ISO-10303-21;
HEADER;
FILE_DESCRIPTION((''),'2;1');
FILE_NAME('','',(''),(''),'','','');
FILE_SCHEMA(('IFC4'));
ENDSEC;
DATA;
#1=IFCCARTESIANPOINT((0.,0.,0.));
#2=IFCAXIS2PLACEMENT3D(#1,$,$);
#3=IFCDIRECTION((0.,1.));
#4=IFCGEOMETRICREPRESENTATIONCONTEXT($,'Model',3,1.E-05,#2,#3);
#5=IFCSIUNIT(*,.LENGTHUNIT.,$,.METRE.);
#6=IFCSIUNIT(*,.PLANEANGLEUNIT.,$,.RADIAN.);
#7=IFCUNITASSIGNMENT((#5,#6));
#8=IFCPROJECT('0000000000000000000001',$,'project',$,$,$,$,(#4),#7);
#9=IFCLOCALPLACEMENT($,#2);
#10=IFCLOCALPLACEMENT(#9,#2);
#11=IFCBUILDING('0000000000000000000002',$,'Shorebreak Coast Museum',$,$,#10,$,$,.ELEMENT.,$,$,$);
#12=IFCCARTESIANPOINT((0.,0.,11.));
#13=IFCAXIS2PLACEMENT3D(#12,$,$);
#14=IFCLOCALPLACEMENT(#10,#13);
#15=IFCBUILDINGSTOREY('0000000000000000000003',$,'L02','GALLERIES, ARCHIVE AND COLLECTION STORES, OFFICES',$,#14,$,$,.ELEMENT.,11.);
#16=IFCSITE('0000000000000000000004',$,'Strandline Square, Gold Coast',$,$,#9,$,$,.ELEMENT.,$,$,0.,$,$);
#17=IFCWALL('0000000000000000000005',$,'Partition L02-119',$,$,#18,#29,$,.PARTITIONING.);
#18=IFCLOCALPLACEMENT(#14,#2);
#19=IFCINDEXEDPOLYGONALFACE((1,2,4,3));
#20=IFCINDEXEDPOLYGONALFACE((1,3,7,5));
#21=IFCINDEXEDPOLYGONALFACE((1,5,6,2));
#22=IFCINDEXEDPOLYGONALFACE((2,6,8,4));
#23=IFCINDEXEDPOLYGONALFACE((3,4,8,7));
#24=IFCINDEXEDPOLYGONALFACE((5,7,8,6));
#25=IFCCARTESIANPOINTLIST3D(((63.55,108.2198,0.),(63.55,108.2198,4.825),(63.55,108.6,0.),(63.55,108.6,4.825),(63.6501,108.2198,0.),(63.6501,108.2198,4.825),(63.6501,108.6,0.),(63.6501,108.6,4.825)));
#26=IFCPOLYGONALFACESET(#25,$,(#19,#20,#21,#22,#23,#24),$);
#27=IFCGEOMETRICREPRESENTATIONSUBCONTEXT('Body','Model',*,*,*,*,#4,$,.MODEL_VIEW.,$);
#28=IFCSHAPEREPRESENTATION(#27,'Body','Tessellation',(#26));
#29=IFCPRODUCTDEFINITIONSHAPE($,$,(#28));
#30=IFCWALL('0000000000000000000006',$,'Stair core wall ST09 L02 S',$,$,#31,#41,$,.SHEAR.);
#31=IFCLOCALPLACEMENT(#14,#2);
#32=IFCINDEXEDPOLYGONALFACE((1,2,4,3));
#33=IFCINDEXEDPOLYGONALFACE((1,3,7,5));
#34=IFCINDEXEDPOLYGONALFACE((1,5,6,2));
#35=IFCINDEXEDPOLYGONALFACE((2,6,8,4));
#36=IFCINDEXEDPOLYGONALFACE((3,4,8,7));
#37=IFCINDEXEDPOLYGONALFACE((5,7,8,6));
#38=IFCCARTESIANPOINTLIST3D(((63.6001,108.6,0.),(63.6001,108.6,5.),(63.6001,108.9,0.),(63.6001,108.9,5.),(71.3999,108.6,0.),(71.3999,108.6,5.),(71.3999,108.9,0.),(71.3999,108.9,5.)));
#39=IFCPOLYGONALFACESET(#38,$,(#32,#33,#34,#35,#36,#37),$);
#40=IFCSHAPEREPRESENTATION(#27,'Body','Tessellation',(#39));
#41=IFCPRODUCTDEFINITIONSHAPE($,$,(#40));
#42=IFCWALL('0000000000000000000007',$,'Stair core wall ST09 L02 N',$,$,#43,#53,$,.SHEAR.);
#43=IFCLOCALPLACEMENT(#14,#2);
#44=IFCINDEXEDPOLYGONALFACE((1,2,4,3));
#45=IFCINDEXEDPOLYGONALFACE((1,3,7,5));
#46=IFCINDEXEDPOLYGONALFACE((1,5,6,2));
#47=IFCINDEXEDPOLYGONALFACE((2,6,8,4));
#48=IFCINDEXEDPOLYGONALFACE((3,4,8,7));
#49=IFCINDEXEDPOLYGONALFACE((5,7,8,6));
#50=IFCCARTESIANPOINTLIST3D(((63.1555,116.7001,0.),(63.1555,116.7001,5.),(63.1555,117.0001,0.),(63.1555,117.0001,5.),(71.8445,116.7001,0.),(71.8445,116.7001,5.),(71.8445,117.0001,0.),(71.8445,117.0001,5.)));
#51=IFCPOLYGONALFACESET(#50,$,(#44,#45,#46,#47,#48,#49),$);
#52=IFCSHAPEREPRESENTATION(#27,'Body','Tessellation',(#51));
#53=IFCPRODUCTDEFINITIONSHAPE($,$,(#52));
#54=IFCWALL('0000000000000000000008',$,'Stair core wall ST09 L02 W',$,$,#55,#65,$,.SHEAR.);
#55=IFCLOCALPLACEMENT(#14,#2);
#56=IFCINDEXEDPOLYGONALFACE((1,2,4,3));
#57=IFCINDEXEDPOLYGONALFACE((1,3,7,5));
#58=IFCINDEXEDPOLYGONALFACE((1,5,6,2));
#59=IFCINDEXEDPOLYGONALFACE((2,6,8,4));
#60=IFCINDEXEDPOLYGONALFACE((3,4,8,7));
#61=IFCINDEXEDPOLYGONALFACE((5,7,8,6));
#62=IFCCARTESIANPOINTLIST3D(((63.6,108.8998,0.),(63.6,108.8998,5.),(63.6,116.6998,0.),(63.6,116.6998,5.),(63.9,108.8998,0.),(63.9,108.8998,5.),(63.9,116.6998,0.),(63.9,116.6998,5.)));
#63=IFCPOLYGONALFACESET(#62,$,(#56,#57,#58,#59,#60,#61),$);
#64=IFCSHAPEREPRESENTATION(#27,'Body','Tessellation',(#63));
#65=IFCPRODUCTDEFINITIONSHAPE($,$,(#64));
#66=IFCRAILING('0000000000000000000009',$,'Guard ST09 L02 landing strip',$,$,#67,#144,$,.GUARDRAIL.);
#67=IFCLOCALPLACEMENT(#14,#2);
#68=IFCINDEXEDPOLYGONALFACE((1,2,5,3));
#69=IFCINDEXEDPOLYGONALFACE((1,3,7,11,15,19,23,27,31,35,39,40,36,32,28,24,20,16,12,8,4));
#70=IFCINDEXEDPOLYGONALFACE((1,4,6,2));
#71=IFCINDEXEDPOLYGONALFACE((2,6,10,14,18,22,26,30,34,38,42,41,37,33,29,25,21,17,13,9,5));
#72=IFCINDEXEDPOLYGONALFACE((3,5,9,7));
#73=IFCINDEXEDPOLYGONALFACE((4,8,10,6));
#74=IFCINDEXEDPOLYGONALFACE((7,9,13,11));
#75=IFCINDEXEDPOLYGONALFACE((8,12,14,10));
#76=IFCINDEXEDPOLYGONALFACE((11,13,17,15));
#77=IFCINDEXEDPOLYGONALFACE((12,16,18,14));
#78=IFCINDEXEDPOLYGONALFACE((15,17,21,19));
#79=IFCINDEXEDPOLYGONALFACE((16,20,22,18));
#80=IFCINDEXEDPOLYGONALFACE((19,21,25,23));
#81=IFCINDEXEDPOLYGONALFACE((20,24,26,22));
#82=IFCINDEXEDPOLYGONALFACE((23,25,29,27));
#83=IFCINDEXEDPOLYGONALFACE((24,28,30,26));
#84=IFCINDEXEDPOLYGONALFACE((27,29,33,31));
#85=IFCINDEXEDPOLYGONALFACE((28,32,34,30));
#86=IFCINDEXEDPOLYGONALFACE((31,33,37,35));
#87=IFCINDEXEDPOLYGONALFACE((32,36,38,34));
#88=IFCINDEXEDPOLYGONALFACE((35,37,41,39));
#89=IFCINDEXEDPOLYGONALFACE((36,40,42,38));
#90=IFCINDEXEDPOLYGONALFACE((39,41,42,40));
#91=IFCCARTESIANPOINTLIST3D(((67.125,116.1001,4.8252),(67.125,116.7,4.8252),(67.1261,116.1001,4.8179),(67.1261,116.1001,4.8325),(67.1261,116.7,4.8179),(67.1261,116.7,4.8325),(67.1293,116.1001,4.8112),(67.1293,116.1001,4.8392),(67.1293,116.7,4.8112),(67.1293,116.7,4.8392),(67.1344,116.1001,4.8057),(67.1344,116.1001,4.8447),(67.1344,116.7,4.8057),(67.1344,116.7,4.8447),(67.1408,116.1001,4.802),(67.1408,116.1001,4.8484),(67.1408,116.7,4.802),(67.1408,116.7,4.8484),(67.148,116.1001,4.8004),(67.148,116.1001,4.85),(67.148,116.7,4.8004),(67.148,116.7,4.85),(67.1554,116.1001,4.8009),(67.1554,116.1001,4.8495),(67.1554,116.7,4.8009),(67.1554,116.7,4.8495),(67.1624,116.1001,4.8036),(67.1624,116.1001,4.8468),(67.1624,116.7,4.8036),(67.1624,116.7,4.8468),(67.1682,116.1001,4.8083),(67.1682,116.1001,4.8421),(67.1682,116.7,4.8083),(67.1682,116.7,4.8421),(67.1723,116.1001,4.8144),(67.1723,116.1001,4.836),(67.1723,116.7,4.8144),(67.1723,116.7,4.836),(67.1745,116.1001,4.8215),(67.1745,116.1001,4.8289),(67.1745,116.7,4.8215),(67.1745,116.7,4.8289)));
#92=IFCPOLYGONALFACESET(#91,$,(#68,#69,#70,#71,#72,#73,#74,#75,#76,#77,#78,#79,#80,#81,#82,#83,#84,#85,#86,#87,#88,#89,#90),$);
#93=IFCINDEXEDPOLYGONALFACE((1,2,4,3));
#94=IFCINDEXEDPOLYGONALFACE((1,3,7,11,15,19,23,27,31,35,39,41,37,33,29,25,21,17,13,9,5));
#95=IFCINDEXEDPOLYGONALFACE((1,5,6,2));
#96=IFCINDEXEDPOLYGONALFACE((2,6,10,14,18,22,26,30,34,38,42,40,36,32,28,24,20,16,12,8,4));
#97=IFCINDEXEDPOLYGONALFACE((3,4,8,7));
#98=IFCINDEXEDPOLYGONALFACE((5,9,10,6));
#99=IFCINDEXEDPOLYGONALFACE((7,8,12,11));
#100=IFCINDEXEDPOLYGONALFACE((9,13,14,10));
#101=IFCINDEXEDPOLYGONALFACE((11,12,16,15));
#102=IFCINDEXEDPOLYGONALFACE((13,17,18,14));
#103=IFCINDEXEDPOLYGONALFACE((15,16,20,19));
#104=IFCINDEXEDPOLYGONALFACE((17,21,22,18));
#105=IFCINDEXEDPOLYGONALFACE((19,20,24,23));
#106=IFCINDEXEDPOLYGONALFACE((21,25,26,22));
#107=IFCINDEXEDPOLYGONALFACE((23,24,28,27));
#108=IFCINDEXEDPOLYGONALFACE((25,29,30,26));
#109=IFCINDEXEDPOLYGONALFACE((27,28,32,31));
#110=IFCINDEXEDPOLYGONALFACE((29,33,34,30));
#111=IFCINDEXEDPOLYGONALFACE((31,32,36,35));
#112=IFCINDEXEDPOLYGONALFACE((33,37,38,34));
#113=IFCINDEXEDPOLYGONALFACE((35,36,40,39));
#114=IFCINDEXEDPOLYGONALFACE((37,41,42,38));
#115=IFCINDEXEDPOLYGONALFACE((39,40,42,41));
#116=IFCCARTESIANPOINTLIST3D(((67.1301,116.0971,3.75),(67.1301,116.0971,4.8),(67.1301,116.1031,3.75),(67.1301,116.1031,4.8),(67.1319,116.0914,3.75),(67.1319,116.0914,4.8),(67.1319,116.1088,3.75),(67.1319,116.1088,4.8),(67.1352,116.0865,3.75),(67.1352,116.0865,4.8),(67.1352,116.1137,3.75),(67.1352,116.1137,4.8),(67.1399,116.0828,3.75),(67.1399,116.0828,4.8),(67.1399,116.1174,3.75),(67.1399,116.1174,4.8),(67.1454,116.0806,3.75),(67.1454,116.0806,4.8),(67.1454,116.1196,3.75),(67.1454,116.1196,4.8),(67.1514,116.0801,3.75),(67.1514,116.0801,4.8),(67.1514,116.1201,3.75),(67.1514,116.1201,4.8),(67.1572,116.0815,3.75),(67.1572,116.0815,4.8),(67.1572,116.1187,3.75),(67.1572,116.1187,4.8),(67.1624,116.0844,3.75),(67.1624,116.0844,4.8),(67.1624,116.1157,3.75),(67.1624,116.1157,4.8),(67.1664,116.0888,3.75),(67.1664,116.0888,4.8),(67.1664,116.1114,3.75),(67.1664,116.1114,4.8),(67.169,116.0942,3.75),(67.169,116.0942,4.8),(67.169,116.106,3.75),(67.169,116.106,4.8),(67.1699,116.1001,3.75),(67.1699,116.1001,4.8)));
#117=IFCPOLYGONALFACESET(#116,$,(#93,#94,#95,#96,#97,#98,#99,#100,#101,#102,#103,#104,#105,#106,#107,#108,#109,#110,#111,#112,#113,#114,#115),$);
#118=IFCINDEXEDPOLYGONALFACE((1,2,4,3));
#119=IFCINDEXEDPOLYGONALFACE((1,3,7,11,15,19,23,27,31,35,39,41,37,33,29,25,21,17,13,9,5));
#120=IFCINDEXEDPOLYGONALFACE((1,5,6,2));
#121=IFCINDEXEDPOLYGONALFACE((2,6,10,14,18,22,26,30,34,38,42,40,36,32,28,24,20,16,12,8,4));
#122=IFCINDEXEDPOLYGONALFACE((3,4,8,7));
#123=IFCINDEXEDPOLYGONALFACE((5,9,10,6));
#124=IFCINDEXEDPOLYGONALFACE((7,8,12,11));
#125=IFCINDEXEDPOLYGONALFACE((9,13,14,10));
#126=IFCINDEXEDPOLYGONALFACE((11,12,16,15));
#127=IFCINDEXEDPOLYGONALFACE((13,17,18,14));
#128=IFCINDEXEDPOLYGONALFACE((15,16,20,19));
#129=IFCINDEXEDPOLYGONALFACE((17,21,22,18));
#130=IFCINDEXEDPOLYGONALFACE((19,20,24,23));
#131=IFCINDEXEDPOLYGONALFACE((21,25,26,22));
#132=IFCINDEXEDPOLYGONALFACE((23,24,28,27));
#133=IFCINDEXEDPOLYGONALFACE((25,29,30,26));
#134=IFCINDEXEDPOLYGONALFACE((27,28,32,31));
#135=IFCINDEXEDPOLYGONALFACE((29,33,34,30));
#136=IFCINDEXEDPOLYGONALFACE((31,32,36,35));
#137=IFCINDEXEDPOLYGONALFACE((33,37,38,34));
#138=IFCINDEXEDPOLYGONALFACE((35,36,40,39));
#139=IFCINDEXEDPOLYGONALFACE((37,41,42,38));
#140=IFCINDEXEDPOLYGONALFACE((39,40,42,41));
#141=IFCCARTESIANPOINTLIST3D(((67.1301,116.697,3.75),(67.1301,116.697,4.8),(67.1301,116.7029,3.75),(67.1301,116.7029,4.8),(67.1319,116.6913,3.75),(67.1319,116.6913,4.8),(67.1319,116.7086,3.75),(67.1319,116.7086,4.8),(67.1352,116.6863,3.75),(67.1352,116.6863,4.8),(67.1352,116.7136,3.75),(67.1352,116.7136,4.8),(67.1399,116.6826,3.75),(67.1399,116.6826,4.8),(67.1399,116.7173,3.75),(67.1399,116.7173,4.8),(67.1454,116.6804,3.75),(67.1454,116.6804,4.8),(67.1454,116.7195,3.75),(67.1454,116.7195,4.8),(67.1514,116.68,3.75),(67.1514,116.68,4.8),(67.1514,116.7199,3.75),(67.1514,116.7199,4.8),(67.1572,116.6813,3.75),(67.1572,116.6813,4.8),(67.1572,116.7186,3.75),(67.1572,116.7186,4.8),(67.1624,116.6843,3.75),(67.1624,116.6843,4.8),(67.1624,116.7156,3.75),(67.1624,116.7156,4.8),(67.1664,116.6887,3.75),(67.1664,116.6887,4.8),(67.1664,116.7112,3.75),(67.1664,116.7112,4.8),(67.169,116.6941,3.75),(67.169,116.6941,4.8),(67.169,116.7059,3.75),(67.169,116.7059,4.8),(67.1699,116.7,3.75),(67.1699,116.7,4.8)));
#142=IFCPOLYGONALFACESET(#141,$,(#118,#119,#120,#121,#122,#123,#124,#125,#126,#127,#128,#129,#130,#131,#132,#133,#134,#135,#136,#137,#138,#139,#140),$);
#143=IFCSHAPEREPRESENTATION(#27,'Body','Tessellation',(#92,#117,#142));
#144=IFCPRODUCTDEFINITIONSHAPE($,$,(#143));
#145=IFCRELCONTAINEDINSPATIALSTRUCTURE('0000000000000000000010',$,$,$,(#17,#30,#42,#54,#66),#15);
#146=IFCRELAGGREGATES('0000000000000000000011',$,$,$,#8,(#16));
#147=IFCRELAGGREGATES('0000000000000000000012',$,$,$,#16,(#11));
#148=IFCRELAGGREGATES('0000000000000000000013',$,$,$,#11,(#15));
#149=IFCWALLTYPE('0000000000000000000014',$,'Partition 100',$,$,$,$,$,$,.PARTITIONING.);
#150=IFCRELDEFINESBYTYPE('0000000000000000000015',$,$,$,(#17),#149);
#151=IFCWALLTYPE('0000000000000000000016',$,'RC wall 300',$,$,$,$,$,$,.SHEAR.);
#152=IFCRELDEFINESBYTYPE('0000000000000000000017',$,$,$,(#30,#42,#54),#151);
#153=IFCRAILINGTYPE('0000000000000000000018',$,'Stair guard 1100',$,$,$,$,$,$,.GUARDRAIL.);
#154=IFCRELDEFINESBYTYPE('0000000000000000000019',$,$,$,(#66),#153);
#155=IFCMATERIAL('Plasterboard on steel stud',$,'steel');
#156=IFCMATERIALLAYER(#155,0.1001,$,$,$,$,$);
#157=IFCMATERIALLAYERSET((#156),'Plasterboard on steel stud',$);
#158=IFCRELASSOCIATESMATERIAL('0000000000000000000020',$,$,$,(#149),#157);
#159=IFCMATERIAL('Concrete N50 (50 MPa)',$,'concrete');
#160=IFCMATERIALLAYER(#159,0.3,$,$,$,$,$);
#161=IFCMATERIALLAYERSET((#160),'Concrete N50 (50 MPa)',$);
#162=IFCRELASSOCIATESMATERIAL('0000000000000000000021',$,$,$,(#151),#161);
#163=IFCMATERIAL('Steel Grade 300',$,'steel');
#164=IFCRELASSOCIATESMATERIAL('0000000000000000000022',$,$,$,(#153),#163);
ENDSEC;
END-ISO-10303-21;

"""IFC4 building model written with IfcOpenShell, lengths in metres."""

from ifc_helpers import new_model, si_unit, direction, frame, frame_2d, origin, origin_2d, place, context, subcontext, project, spatial, rectangle, circle, extrude, material, layer, layer_set, type_object, element, save


model = new_model("IFC4")

# Units and contexts
model_context = context("Model", 3, precision=1e-05, world=origin(), true_north=direction((0.0, 1.0)))
body_context = subcontext(model_context, "Body", "Model", "MODEL_VIEW")
ifc_project = project(units=[si_unit("LENGTHUNIT", "METRE"), si_unit("PLANEANGLEUNIT", "RADIAN")], contexts=[model_context])

# Site, building, storey
site_placement = place(None, origin())
site = spatial("IfcSite", under=ifc_project, at=site_placement, Name="Strandline Square, Gold Coast", CompositionType="ELEMENT", RefElevation=0.0)
building_placement = place(site_placement, origin())
building = spatial("IfcBuilding", under=site, at=building_placement, Name="Shorebreak Coast Museum", CompositionType="ELEMENT")
storey_placement = place(building_placement, frame((0.0, 0.0, 11.0)))
storey = spatial("IfcBuildingStorey", under=building, at=storey_placement, Name="L02", Description="GALLERIES, ARCHIVE AND COLLECTION STORES, OFFICES", CompositionType="ELEMENT", Elevation=11.0)

# Walls
ifc_material_1 = material(Name="Plasterboard on steel stud", Category="steel")
ifc_layer_1 = layer(ifc_material_1, 0.1001)
ifc_layer_set_1 = layer_set([ifc_layer_1], Name="Plasterboard on steel stud")
wall_type_1 = type_object("IfcWallType", Name="Partition 100", PredefinedType="PARTITIONING", material=ifc_layer_set_1)
wall_1_placement = place(storey_placement, frame((63.6001, 108.22, 0.0), z_axis=(0.0, 0.0, 1.0), x_axis=(0.0, 1.0, 0.0)))
element("IfcWall", 1, at=wall_1_placement, inside=storey, type_object=wall_type_1, Name="Partition L02-119", PredefinedType="PARTITIONING", context=body_context, shape_type="SweptSolid", body=[
    extrude(rectangle(XDim=0.3801, YDim=0.1001, at=frame_2d((0.1899, 0.0))), origin(), (0.0, 0.0, 1.0), 4.825),
])
ifc_material_2 = material(Name="Concrete N50 (50 MPa)", Category="concrete")
ifc_layer_2 = layer(ifc_material_2, 0.3)
ifc_layer_set_2 = layer_set([ifc_layer_2], Name="Concrete N50 (50 MPa)")
wall_type_2 = type_object("IfcWallType", Name="RC wall 300", PredefinedType="SHEAR", material=ifc_layer_set_2)
wall_2_placement = place(storey_placement, frame((63.6001, 108.75, 0.0), z_axis=(0.0, 0.0, 1.0), x_axis=(1.0, 0.0, 0.0)))
element("IfcWall", 2, at=wall_2_placement, inside=storey, type_object=wall_type_2, Name="Stair core wall ST09 L02 S", PredefinedType="SHEAR", context=body_context, shape_type="SweptSolid", body=[
    extrude(rectangle(XDim=7.7998, YDim=0.3, at=frame_2d((3.8999, 0.0))), origin(), (0.0, 0.0, 1.0), 5.0),
])
wall_3_placement = place(storey_placement, frame((63.1555, 116.8501, 0.0), z_axis=(0.0, 0.0, 1.0), x_axis=(1.0, 0.0, 0.0)))
element("IfcWall", 3, at=wall_3_placement, inside=storey, type_object=wall_type_2, Name="Stair core wall ST09 L02 N", PredefinedType="SHEAR", context=body_context, shape_type="SweptSolid", body=[
    extrude(rectangle(XDim=8.689, YDim=0.3, at=frame_2d((4.3445, 0.0))), origin(), (0.0, 0.0, 1.0), 5.0),
])
wall_4_placement = place(storey_placement, frame((63.75, 108.8999, 0.0), z_axis=(0.0, 0.0, 1.0), x_axis=(0.0, 1.0, 0.0)))
element("IfcWall", 4, at=wall_4_placement, inside=storey, type_object=wall_type_2, Name="Stair core wall ST09 L02 W", PredefinedType="SHEAR", context=body_context, shape_type="SweptSolid", body=[
    extrude(rectangle(XDim=7.8, YDim=0.3, at=frame_2d((3.8999, 0.0))), origin(), (0.0, 0.0, 1.0), 5.0),
])

# Railing
ifc_material_3 = material(Name="Steel Grade 300", Category="steel")
railing_type = type_object("IfcRailingType", Name="Stair guard 1100", PredefinedType="GUARDRAIL", material=ifc_material_3)
railing_1_placement = place(storey_placement, frame((67.1499, 116.1001, 3.75)))
element("IfcRailing", 5, at=railing_1_placement, inside=storey, type_object=railing_type, Name="Guard ST09 L02 landing strip", PredefinedType="GUARDRAIL", context=body_context, shape_type="SweptSolid", body=[
    extrude(circle(Radius=0.0249, at=origin_2d()), frame((0.0, 0.0, 1.0752), z_axis=(0.0, 1.0, 0.0), x_axis=(-1.0, 0.0, 0.0)), (0.0, 0.0, 1.0), 0.5999),
    extrude(circle(Radius=0.02, at=origin_2d()), origin(), (0.0, 0.0, 1.0), 1.05),
    extrude(circle(Radius=0.02, at=origin_2d()), frame((0.0, 0.5999, 0.0)), (0.0, 0.0, 1.0), 1.05),
])

save(model, "model.ifc")
